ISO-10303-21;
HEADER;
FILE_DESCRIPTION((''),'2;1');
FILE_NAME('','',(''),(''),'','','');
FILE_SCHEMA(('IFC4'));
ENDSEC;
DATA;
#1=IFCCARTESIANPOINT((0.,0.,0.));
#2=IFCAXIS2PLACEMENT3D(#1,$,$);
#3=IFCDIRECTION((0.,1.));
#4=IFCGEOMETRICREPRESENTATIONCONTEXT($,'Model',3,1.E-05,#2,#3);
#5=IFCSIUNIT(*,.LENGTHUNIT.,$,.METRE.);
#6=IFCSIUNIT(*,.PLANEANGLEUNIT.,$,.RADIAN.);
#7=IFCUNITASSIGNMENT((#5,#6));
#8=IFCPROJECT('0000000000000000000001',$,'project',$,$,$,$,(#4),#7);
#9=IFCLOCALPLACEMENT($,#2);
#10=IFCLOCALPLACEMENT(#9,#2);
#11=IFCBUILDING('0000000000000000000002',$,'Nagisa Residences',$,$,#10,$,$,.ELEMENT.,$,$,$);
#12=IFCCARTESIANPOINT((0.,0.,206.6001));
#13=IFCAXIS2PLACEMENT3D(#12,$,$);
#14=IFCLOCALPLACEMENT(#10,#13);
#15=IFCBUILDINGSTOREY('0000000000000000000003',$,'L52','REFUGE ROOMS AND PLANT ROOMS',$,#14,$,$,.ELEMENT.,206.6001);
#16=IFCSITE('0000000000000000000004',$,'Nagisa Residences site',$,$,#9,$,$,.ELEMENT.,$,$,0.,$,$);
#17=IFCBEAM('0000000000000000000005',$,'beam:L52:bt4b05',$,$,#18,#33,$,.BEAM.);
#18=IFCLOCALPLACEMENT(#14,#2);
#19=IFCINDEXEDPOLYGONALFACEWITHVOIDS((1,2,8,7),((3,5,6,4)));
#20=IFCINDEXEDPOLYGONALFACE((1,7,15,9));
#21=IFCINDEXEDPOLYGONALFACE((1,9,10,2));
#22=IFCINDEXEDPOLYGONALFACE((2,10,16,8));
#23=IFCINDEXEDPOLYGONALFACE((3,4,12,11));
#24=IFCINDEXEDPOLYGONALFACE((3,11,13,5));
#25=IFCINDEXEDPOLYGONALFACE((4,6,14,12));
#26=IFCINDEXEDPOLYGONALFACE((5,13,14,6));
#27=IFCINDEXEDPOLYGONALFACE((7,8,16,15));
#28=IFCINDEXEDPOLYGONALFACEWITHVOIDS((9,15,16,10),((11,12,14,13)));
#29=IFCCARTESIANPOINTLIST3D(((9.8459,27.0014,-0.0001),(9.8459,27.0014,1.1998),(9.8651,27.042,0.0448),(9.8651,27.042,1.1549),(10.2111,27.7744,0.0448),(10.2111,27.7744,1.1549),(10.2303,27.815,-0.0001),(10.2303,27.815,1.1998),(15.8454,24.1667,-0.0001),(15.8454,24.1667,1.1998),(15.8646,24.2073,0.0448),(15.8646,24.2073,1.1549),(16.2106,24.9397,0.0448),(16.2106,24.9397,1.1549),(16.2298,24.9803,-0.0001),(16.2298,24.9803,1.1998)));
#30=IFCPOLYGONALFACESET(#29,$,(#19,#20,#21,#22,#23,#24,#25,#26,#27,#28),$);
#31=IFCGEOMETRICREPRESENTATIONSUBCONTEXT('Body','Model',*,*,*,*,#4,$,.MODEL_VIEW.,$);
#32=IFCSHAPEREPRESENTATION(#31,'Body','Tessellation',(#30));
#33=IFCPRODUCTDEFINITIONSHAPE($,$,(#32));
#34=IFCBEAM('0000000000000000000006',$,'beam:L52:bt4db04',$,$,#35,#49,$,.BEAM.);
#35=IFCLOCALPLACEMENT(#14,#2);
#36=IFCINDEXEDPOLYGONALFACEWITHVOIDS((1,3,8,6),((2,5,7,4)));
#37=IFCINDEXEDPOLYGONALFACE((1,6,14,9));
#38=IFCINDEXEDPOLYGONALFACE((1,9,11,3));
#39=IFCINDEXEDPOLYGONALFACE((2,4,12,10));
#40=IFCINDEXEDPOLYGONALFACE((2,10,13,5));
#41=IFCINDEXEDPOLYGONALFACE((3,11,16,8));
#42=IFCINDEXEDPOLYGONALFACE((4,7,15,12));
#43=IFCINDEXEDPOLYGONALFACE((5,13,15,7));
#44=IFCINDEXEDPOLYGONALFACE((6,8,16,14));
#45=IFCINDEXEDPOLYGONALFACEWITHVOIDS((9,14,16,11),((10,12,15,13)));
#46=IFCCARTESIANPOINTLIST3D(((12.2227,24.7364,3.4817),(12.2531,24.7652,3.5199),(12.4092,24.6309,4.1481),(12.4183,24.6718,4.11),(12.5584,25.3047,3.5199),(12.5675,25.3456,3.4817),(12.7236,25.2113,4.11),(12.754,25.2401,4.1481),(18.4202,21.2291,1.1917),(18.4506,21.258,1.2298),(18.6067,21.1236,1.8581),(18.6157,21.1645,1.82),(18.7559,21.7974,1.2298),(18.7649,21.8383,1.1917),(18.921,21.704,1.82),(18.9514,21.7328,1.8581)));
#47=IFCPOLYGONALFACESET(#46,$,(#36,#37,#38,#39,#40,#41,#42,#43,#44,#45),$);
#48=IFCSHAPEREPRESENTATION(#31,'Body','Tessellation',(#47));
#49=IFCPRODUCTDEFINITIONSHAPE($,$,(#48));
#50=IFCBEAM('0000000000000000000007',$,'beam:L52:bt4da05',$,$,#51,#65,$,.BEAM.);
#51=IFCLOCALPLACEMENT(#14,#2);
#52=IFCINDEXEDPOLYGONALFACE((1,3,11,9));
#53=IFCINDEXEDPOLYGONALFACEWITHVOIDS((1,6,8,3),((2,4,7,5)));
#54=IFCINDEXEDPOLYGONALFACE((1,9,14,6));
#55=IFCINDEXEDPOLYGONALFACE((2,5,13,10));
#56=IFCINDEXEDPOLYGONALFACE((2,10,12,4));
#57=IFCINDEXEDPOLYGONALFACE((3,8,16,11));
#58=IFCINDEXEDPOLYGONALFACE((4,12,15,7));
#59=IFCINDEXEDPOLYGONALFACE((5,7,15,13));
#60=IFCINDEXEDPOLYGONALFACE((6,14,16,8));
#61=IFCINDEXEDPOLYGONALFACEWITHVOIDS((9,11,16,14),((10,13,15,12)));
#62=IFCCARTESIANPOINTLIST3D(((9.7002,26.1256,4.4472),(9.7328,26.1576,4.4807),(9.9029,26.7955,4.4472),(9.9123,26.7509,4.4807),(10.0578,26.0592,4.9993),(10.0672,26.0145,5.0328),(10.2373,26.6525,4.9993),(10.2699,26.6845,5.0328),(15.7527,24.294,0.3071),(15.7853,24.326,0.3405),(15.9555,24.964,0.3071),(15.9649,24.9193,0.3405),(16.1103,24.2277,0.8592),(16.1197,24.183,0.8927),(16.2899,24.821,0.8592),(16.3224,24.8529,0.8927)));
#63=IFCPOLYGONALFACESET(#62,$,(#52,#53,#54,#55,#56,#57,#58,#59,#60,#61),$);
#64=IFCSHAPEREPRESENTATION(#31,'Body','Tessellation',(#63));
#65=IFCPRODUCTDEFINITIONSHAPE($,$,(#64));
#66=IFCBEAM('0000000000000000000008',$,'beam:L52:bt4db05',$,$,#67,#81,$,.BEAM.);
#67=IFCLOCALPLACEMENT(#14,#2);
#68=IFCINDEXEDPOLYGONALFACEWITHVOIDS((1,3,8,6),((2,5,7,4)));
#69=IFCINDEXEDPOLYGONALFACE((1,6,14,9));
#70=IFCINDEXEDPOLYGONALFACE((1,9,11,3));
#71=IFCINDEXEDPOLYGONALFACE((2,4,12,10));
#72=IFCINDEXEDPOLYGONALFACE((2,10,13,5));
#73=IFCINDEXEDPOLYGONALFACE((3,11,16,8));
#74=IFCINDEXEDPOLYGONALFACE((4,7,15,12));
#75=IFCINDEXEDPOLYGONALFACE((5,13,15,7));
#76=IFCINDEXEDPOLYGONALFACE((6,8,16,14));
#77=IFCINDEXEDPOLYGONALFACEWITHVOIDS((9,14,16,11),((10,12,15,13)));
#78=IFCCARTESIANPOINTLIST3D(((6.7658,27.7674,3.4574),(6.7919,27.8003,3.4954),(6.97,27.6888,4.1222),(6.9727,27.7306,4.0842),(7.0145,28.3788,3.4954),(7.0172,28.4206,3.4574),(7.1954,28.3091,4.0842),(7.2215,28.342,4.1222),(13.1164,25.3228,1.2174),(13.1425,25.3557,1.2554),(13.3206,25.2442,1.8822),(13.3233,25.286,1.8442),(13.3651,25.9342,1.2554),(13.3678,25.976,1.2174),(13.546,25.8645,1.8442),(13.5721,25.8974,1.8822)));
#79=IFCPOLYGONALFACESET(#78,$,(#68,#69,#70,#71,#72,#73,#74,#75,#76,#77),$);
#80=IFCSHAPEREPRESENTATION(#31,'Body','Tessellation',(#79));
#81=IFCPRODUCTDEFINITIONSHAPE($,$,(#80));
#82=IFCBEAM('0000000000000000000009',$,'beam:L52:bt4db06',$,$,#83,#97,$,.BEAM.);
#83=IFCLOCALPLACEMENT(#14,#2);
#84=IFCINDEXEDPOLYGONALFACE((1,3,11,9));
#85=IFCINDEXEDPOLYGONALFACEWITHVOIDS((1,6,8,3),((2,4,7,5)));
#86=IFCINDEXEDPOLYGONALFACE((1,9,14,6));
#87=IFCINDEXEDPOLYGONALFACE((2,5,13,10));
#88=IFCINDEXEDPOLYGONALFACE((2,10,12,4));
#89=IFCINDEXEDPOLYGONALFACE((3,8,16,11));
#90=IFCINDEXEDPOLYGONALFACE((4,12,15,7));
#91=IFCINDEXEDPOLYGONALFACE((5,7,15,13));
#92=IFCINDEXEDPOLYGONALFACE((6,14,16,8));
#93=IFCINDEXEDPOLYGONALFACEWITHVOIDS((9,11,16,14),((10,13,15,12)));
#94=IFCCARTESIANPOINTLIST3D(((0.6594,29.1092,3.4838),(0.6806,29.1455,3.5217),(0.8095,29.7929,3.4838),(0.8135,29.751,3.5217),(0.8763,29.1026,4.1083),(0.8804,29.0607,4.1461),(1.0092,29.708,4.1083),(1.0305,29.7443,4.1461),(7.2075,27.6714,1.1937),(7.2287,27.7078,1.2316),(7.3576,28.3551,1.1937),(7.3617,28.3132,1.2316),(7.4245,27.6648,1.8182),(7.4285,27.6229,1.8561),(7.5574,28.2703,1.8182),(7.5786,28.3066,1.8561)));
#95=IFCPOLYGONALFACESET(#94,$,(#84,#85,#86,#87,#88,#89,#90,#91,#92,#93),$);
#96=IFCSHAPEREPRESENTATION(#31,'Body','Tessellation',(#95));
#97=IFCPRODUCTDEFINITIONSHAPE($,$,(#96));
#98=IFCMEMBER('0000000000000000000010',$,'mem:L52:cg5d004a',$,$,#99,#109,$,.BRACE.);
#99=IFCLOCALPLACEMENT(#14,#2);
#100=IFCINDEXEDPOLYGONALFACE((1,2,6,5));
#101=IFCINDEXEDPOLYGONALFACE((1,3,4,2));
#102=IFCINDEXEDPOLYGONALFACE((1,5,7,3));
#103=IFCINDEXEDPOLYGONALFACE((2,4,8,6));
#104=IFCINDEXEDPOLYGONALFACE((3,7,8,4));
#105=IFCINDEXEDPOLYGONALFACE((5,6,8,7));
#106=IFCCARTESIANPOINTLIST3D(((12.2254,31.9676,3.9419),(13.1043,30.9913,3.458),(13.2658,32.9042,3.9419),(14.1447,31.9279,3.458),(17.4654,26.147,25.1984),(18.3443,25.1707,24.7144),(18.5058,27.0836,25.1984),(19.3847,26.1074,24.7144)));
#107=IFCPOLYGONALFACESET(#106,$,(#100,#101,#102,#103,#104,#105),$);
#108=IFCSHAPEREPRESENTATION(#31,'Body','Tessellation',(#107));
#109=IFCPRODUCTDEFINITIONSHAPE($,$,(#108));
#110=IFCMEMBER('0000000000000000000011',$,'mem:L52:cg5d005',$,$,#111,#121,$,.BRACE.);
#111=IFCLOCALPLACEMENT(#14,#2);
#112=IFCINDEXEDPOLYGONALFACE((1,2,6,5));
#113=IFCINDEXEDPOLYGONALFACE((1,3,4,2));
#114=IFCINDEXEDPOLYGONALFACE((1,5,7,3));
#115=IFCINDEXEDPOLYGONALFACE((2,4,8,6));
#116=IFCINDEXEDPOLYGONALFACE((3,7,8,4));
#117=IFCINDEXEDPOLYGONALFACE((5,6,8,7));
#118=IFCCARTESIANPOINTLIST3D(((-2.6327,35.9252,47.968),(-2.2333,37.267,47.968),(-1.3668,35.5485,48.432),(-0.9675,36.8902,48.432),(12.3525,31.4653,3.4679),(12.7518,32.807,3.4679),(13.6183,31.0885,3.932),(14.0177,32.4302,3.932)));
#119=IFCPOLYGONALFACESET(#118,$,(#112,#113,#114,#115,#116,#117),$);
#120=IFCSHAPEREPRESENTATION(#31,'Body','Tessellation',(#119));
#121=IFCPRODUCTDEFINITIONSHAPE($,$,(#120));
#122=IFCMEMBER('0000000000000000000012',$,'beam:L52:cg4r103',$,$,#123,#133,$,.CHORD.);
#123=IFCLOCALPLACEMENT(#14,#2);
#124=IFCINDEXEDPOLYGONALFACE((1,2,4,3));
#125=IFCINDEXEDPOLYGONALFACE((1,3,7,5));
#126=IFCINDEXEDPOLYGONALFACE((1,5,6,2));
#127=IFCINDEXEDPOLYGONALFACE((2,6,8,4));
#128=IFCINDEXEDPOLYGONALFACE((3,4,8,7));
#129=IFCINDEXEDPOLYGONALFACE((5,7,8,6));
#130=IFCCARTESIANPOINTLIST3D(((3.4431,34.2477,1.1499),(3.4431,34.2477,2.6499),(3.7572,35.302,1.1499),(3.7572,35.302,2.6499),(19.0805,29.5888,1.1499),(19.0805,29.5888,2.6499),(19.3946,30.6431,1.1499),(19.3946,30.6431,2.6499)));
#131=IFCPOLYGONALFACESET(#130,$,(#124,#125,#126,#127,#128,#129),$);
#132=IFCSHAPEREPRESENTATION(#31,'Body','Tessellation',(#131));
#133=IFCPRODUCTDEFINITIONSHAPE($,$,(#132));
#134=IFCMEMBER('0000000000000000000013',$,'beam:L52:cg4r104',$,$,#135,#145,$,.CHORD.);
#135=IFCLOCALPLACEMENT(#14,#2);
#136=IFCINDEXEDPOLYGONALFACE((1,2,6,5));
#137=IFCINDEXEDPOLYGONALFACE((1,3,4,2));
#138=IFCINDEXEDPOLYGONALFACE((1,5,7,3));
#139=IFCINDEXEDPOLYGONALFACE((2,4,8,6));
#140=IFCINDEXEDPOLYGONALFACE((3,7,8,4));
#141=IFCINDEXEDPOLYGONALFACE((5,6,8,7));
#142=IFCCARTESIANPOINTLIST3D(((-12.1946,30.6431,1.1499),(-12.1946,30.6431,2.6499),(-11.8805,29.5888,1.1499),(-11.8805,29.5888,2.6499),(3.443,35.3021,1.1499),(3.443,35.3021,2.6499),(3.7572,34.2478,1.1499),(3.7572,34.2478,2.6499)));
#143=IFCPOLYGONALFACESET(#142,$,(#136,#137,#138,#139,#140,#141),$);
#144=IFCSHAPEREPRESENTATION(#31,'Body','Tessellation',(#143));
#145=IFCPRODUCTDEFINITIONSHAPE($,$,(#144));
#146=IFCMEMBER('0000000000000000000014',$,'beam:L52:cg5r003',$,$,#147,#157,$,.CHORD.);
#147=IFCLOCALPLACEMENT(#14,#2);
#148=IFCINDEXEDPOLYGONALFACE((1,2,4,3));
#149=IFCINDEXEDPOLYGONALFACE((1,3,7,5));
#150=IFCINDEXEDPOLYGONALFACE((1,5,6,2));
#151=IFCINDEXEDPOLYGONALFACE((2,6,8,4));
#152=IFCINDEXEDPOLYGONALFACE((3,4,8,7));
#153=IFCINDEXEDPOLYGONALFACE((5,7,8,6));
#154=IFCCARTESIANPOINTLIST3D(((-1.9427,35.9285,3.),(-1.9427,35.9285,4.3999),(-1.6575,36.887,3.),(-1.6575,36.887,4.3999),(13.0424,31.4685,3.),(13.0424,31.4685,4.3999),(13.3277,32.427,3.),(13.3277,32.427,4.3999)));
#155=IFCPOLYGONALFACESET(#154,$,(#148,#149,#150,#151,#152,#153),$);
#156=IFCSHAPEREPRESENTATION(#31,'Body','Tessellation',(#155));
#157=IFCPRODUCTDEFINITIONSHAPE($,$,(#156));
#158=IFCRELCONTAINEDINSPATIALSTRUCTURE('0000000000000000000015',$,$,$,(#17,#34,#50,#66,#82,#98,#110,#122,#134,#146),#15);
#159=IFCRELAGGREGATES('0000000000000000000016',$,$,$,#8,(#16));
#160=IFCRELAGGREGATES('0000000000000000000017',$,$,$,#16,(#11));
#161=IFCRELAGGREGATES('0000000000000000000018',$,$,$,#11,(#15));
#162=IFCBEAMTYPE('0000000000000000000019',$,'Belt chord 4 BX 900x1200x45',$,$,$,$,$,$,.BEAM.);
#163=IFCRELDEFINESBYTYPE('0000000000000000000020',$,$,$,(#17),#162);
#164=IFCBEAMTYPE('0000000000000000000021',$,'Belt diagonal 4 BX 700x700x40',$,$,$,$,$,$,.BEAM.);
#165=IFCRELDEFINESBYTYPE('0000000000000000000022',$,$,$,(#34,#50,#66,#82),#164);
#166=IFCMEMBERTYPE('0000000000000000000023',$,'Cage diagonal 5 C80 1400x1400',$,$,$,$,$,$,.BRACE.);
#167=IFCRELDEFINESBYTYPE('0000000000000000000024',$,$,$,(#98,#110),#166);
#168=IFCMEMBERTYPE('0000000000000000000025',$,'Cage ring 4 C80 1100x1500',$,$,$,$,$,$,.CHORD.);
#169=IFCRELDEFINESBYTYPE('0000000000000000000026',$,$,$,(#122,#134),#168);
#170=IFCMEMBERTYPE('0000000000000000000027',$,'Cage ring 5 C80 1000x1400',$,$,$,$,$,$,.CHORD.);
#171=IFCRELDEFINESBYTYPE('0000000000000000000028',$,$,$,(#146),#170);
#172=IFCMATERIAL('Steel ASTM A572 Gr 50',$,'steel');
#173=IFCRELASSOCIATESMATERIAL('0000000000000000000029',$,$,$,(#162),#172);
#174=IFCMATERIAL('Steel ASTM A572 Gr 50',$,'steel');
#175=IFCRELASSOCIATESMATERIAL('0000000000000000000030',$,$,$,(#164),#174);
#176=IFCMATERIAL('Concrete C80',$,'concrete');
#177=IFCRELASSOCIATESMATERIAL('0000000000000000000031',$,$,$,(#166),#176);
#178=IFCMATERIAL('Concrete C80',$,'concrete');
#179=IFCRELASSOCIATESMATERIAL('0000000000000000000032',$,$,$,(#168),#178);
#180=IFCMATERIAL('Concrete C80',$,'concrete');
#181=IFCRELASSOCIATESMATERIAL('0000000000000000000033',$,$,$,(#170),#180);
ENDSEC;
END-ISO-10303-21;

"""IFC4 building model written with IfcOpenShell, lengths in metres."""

from ifc_helpers import new_model, si_unit, direction, frame, origin, origin_2d, place, context, subcontext, project, spatial, rectangle, hollow_rectangle, extrude, material, material_profile, profile_set, type_object, element, save


model = new_model("IFC4")

# Units and contexts
model_context = context("Model", 3, precision=1e-05, world=origin(), true_north=direction((0.0, 1.0)))
body_context = subcontext(model_context, "Body", "Model", "MODEL_VIEW")
ifc_project = project(units=[si_unit("LENGTHUNIT", "METRE"), si_unit("PLANEANGLEUNIT", "RADIAN")], contexts=[model_context])

# Site, building, storey
site_placement = place(None, origin())
site = spatial("IfcSite", under=ifc_project, at=site_placement, Name="Nagisa Residences site", CompositionType="ELEMENT", RefElevation=0.0)
building_placement = place(site_placement, origin())
building = spatial("IfcBuilding", under=site, at=building_placement, Name="Nagisa Residences", CompositionType="ELEMENT")
storey_placement = place(building_placement, frame((0.0, 0.0, 206.6001)))
storey = spatial("IfcBuildingStorey", under=building, at=storey_placement, Name="L52", Description="REFUGE ROOMS AND PLANT ROOMS", CompositionType="ELEMENT", Elevation=206.6001)

# Beams
ifc_material_1 = material(Name="Steel ASTM A572 Gr 50", Category="steel")
ifc_material_profile_1 = material_profile(ifc_material_1, hollow_rectangle(XDim=0.8999, YDim=1.2, WallThickness=0.0449, at=origin_2d()), Name="BX 900x1200x45")
ifc_profile_set_1 = profile_set([ifc_material_profile_1], Name="Steel ASTM A572 Gr 50")
beam_type_1 = type_object("IfcBeamType", Name="Belt chord 4 BX 900x1200x45", PredefinedType="BEAM", material=ifc_profile_set_1)
beam_1_placement = place(storey_placement, frame((16.0376, 24.5735, 0.5999), z_axis=(-0.904155, 0.427205, 0.0), x_axis=(-0.427205, -0.904155, 0.0)))
element("IfcBeam", 1, at=beam_1_placement, inside=storey, type_object=beam_type_1, Name="beam:L52:bt4b05", PredefinedType="BEAM", context=body_context, shape_type="SweptSolid", body=[
    extrude(hollow_rectangle(XDim=0.8999, YDim=1.2, WallThickness=0.0449, at=origin_2d()), origin(), (0.0, 0.0, 1.0), 6.6355),
])
ifc_material_2 = material(Name="Steel ASTM A572 Gr 50", Category="steel")
ifc_material_profile_2 = material_profile(ifc_material_2, hollow_rectangle(XDim=0.7, YDim=0.7, WallThickness=0.04, at=origin_2d()), Name="BX 700x700x40")
ifc_profile_set_2 = profile_set([ifc_material_profile_2], Name="Steel ASTM A572 Gr 50")
beam_type_2 = type_object("IfcBeamType", Name="Belt diagonal 4 BX 700x700x40", PredefinedType="BEAM", material=ifc_profile_set_2)
beam_2_placement = place(storey_placement, frame((18.6858, 21.481, 1.5249), z_axis=(-0.828512, 0.468875, 0.306143), x_axis=(-0.492524, -0.870299, 0.0)))
element("IfcBeam", 2, at=beam_2_placement, inside=storey, type_object=beam_type_2, Name="beam:L52:bt4db04", PredefinedType="BEAM", context=body_context, shape_type="SweptSolid", body=[
    extrude(hollow_rectangle(XDim=0.7, YDim=0.7, WallThickness=0.04, at=origin_2d()), origin(), (0.0, 0.0, 1.0), 7.4802),
])
beam_3_placement = place(storey_placement, frame((16.0376, 24.5735, 0.5999), z_axis=(-0.800774, 0.242322, 0.54776), x_axis=(-0.289639, -0.957136, 0.0)))
element("IfcBeam", 3, at=beam_3_placement, inside=storey, type_object=beam_type_2, Name="beam:L52:bt4da05", PredefinedType="BEAM", context=body_context, shape_type="SweptSolid", body=[
    extrude(hollow_rectangle(XDim=0.7, YDim=0.7, WallThickness=0.04, at=origin_2d()), origin(), (0.0, 0.0, 1.0), 7.5583),
])
beam_4_placement = place(storey_placement, frame((13.3442, 25.6101, 1.5498), z_axis=(-0.886453, 0.341229, 0.312671), x_axis=(-0.359241, -0.933245, 0.0)))
element("IfcBeam", 4, at=beam_4_placement, inside=storey, type_object=beam_type_2, Name="beam:L52:bt4db05", PredefinedType="BEAM", context=body_context, shape_type="SweptSolid", body=[
    extrude(hollow_rectangle(XDim=0.7, YDim=0.7, WallThickness=0.04, at=origin_2d()), origin(), (0.0, 0.0, 1.0), 7.1641),
])
beam_5_placement = place(storey_placement, frame((7.3931, 27.989, 1.5249), z_axis=(-0.924296, 0.202945, 0.32325), x_axis=(-0.214458, -0.976733, 0.0)))
element("IfcBeam", 5, at=beam_5_placement, inside=storey, type_object=beam_type_2, Name="beam:L52:bt4db06", PredefinedType="BEAM", context=body_context, shape_type="SweptSolid", body=[
    extrude(hollow_rectangle(XDim=0.7, YDim=0.7, WallThickness=0.04, at=origin_2d()), origin(), (0.0, 0.0, 1.0), 7.0845),
])

# Members
ifc_material_3 = material(Name="Concrete C80", Category="concrete")
ifc_material_profile_3 = material_profile(ifc_material_3, rectangle(XDim=1.3999, YDim=1.3999, at=origin_2d()), Name="C80 1400x1400")
ifc_profile_set_3 = profile_set([ifc_material_profile_3], Name="Concrete C80")
member_type_1 = type_object("IfcMemberType", Name="Cage diagonal 5 C80 1400x1400", PredefinedType="BRACE", material=ifc_profile_set_3)
member_1_placement = place(storey_placement, frame((13.1851, 31.9478, 3.7), z_axis=(0.231313, -0.256942, 0.938336), x_axis=(0.7432, 0.66907, 0.0)))
element("IfcMember", 6, at=member_1_placement, inside=storey, type_object=member_type_1, Name="mem:L52:cg5d004a", PredefinedType="BRACE", context=body_context, shape_type="SweptSolid", body=[
    extrude(rectangle(XDim=1.3999, YDim=1.3999, at=origin_2d()), origin(), (0.0, 0.0, 1.0), 22.6533),
])
member_2_placement = place(storey_placement, frame((13.1851, 31.9478, 3.7), z_axis=(-0.317705, 0.094557, 0.943463), x_axis=(-0.28526, -0.95845, 0.0)))
element("IfcMember", 7, at=member_2_placement, inside=storey, type_object=member_type_1, Name="mem:L52:cg5d005", PredefinedType="BRACE", context=body_context, shape_type="SweptSolid", body=[
    extrude(rectangle(XDim=1.3999, YDim=1.3999, at=origin_2d()), origin(), (0.0, 0.0, 1.0), 47.1667),
])
ifc_material_4 = material(Name="Concrete C80", Category="concrete")
ifc_material_profile_4 = material_profile(ifc_material_4, rectangle(XDim=1.1001, YDim=1.5, at=origin_2d()), Name="C80 1100x1500")
ifc_profile_set_4 = profile_set([ifc_material_profile_4], Name="Concrete C80")
member_type_2 = type_object("IfcMemberType", Name="Cage ring 4 C80 1100x1500", PredefinedType="CHORD", material=ifc_profile_set_4)
member_3_placement = place(storey_placement, frame((19.2375, 30.116, 1.8999), z_axis=(-0.958369, 0.285531, 0.0), x_axis=(-0.285531, -0.958369, 0.0)))
element("IfcMember", 8, at=member_3_placement, inside=storey, type_object=member_type_2, Name="beam:L52:cg4r103", PredefinedType="CHORD", context=body_context, shape_type="SweptSolid", body=[
    extrude(rectangle(XDim=1.1001, YDim=1.5, at=origin_2d()), origin(), (0.0, 0.0, 1.0), 16.3167),
])
member_4_placement = place(storey_placement, frame((3.6001, 34.7749, 1.8999), z_axis=(-0.958371, -0.285527, 0.0), x_axis=(0.285527, -0.958371, 0.0)))
element("IfcMember", 9, at=member_4_placement, inside=storey, type_object=member_type_2, Name="beam:L52:cg4r104", PredefinedType="CHORD", context=body_context, shape_type="SweptSolid", body=[
    extrude(rectangle(XDim=1.1001, YDim=1.5, at=origin_2d()), origin(), (0.0, 0.0, 1.0), 16.3169),
])
ifc_material_5 = material(Name="Concrete C80", Category="concrete")
ifc_material_profile_5 = material_profile(ifc_material_5, rectangle(XDim=1.0, YDim=1.3999, at=origin_2d()), Name="C80 1000x1400")
ifc_profile_set_5 = profile_set([ifc_material_profile_5], Name="Concrete C80")
member_type_3 = type_object("IfcMemberType", Name="Cage ring 5 C80 1000x1400", PredefinedType="CHORD", material=ifc_profile_set_5)
member_5_placement = place(storey_placement, frame((13.1851, 31.9478, 3.7), z_axis=(-0.95845, 0.28526, 0.0), x_axis=(-0.28526, -0.95845, 0.0)))
element("IfcMember", 10, at=member_5_placement, inside=storey, type_object=member_type_3, Name="beam:L52:cg5r003", PredefinedType="CHORD", context=body_context, shape_type="SweptSolid", body=[
    extrude(rectangle(XDim=1.0, YDim=1.3999, at=origin_2d()), origin(), (0.0, 0.0, 1.0), 15.6348),
])

save(model, "model.ifc")
